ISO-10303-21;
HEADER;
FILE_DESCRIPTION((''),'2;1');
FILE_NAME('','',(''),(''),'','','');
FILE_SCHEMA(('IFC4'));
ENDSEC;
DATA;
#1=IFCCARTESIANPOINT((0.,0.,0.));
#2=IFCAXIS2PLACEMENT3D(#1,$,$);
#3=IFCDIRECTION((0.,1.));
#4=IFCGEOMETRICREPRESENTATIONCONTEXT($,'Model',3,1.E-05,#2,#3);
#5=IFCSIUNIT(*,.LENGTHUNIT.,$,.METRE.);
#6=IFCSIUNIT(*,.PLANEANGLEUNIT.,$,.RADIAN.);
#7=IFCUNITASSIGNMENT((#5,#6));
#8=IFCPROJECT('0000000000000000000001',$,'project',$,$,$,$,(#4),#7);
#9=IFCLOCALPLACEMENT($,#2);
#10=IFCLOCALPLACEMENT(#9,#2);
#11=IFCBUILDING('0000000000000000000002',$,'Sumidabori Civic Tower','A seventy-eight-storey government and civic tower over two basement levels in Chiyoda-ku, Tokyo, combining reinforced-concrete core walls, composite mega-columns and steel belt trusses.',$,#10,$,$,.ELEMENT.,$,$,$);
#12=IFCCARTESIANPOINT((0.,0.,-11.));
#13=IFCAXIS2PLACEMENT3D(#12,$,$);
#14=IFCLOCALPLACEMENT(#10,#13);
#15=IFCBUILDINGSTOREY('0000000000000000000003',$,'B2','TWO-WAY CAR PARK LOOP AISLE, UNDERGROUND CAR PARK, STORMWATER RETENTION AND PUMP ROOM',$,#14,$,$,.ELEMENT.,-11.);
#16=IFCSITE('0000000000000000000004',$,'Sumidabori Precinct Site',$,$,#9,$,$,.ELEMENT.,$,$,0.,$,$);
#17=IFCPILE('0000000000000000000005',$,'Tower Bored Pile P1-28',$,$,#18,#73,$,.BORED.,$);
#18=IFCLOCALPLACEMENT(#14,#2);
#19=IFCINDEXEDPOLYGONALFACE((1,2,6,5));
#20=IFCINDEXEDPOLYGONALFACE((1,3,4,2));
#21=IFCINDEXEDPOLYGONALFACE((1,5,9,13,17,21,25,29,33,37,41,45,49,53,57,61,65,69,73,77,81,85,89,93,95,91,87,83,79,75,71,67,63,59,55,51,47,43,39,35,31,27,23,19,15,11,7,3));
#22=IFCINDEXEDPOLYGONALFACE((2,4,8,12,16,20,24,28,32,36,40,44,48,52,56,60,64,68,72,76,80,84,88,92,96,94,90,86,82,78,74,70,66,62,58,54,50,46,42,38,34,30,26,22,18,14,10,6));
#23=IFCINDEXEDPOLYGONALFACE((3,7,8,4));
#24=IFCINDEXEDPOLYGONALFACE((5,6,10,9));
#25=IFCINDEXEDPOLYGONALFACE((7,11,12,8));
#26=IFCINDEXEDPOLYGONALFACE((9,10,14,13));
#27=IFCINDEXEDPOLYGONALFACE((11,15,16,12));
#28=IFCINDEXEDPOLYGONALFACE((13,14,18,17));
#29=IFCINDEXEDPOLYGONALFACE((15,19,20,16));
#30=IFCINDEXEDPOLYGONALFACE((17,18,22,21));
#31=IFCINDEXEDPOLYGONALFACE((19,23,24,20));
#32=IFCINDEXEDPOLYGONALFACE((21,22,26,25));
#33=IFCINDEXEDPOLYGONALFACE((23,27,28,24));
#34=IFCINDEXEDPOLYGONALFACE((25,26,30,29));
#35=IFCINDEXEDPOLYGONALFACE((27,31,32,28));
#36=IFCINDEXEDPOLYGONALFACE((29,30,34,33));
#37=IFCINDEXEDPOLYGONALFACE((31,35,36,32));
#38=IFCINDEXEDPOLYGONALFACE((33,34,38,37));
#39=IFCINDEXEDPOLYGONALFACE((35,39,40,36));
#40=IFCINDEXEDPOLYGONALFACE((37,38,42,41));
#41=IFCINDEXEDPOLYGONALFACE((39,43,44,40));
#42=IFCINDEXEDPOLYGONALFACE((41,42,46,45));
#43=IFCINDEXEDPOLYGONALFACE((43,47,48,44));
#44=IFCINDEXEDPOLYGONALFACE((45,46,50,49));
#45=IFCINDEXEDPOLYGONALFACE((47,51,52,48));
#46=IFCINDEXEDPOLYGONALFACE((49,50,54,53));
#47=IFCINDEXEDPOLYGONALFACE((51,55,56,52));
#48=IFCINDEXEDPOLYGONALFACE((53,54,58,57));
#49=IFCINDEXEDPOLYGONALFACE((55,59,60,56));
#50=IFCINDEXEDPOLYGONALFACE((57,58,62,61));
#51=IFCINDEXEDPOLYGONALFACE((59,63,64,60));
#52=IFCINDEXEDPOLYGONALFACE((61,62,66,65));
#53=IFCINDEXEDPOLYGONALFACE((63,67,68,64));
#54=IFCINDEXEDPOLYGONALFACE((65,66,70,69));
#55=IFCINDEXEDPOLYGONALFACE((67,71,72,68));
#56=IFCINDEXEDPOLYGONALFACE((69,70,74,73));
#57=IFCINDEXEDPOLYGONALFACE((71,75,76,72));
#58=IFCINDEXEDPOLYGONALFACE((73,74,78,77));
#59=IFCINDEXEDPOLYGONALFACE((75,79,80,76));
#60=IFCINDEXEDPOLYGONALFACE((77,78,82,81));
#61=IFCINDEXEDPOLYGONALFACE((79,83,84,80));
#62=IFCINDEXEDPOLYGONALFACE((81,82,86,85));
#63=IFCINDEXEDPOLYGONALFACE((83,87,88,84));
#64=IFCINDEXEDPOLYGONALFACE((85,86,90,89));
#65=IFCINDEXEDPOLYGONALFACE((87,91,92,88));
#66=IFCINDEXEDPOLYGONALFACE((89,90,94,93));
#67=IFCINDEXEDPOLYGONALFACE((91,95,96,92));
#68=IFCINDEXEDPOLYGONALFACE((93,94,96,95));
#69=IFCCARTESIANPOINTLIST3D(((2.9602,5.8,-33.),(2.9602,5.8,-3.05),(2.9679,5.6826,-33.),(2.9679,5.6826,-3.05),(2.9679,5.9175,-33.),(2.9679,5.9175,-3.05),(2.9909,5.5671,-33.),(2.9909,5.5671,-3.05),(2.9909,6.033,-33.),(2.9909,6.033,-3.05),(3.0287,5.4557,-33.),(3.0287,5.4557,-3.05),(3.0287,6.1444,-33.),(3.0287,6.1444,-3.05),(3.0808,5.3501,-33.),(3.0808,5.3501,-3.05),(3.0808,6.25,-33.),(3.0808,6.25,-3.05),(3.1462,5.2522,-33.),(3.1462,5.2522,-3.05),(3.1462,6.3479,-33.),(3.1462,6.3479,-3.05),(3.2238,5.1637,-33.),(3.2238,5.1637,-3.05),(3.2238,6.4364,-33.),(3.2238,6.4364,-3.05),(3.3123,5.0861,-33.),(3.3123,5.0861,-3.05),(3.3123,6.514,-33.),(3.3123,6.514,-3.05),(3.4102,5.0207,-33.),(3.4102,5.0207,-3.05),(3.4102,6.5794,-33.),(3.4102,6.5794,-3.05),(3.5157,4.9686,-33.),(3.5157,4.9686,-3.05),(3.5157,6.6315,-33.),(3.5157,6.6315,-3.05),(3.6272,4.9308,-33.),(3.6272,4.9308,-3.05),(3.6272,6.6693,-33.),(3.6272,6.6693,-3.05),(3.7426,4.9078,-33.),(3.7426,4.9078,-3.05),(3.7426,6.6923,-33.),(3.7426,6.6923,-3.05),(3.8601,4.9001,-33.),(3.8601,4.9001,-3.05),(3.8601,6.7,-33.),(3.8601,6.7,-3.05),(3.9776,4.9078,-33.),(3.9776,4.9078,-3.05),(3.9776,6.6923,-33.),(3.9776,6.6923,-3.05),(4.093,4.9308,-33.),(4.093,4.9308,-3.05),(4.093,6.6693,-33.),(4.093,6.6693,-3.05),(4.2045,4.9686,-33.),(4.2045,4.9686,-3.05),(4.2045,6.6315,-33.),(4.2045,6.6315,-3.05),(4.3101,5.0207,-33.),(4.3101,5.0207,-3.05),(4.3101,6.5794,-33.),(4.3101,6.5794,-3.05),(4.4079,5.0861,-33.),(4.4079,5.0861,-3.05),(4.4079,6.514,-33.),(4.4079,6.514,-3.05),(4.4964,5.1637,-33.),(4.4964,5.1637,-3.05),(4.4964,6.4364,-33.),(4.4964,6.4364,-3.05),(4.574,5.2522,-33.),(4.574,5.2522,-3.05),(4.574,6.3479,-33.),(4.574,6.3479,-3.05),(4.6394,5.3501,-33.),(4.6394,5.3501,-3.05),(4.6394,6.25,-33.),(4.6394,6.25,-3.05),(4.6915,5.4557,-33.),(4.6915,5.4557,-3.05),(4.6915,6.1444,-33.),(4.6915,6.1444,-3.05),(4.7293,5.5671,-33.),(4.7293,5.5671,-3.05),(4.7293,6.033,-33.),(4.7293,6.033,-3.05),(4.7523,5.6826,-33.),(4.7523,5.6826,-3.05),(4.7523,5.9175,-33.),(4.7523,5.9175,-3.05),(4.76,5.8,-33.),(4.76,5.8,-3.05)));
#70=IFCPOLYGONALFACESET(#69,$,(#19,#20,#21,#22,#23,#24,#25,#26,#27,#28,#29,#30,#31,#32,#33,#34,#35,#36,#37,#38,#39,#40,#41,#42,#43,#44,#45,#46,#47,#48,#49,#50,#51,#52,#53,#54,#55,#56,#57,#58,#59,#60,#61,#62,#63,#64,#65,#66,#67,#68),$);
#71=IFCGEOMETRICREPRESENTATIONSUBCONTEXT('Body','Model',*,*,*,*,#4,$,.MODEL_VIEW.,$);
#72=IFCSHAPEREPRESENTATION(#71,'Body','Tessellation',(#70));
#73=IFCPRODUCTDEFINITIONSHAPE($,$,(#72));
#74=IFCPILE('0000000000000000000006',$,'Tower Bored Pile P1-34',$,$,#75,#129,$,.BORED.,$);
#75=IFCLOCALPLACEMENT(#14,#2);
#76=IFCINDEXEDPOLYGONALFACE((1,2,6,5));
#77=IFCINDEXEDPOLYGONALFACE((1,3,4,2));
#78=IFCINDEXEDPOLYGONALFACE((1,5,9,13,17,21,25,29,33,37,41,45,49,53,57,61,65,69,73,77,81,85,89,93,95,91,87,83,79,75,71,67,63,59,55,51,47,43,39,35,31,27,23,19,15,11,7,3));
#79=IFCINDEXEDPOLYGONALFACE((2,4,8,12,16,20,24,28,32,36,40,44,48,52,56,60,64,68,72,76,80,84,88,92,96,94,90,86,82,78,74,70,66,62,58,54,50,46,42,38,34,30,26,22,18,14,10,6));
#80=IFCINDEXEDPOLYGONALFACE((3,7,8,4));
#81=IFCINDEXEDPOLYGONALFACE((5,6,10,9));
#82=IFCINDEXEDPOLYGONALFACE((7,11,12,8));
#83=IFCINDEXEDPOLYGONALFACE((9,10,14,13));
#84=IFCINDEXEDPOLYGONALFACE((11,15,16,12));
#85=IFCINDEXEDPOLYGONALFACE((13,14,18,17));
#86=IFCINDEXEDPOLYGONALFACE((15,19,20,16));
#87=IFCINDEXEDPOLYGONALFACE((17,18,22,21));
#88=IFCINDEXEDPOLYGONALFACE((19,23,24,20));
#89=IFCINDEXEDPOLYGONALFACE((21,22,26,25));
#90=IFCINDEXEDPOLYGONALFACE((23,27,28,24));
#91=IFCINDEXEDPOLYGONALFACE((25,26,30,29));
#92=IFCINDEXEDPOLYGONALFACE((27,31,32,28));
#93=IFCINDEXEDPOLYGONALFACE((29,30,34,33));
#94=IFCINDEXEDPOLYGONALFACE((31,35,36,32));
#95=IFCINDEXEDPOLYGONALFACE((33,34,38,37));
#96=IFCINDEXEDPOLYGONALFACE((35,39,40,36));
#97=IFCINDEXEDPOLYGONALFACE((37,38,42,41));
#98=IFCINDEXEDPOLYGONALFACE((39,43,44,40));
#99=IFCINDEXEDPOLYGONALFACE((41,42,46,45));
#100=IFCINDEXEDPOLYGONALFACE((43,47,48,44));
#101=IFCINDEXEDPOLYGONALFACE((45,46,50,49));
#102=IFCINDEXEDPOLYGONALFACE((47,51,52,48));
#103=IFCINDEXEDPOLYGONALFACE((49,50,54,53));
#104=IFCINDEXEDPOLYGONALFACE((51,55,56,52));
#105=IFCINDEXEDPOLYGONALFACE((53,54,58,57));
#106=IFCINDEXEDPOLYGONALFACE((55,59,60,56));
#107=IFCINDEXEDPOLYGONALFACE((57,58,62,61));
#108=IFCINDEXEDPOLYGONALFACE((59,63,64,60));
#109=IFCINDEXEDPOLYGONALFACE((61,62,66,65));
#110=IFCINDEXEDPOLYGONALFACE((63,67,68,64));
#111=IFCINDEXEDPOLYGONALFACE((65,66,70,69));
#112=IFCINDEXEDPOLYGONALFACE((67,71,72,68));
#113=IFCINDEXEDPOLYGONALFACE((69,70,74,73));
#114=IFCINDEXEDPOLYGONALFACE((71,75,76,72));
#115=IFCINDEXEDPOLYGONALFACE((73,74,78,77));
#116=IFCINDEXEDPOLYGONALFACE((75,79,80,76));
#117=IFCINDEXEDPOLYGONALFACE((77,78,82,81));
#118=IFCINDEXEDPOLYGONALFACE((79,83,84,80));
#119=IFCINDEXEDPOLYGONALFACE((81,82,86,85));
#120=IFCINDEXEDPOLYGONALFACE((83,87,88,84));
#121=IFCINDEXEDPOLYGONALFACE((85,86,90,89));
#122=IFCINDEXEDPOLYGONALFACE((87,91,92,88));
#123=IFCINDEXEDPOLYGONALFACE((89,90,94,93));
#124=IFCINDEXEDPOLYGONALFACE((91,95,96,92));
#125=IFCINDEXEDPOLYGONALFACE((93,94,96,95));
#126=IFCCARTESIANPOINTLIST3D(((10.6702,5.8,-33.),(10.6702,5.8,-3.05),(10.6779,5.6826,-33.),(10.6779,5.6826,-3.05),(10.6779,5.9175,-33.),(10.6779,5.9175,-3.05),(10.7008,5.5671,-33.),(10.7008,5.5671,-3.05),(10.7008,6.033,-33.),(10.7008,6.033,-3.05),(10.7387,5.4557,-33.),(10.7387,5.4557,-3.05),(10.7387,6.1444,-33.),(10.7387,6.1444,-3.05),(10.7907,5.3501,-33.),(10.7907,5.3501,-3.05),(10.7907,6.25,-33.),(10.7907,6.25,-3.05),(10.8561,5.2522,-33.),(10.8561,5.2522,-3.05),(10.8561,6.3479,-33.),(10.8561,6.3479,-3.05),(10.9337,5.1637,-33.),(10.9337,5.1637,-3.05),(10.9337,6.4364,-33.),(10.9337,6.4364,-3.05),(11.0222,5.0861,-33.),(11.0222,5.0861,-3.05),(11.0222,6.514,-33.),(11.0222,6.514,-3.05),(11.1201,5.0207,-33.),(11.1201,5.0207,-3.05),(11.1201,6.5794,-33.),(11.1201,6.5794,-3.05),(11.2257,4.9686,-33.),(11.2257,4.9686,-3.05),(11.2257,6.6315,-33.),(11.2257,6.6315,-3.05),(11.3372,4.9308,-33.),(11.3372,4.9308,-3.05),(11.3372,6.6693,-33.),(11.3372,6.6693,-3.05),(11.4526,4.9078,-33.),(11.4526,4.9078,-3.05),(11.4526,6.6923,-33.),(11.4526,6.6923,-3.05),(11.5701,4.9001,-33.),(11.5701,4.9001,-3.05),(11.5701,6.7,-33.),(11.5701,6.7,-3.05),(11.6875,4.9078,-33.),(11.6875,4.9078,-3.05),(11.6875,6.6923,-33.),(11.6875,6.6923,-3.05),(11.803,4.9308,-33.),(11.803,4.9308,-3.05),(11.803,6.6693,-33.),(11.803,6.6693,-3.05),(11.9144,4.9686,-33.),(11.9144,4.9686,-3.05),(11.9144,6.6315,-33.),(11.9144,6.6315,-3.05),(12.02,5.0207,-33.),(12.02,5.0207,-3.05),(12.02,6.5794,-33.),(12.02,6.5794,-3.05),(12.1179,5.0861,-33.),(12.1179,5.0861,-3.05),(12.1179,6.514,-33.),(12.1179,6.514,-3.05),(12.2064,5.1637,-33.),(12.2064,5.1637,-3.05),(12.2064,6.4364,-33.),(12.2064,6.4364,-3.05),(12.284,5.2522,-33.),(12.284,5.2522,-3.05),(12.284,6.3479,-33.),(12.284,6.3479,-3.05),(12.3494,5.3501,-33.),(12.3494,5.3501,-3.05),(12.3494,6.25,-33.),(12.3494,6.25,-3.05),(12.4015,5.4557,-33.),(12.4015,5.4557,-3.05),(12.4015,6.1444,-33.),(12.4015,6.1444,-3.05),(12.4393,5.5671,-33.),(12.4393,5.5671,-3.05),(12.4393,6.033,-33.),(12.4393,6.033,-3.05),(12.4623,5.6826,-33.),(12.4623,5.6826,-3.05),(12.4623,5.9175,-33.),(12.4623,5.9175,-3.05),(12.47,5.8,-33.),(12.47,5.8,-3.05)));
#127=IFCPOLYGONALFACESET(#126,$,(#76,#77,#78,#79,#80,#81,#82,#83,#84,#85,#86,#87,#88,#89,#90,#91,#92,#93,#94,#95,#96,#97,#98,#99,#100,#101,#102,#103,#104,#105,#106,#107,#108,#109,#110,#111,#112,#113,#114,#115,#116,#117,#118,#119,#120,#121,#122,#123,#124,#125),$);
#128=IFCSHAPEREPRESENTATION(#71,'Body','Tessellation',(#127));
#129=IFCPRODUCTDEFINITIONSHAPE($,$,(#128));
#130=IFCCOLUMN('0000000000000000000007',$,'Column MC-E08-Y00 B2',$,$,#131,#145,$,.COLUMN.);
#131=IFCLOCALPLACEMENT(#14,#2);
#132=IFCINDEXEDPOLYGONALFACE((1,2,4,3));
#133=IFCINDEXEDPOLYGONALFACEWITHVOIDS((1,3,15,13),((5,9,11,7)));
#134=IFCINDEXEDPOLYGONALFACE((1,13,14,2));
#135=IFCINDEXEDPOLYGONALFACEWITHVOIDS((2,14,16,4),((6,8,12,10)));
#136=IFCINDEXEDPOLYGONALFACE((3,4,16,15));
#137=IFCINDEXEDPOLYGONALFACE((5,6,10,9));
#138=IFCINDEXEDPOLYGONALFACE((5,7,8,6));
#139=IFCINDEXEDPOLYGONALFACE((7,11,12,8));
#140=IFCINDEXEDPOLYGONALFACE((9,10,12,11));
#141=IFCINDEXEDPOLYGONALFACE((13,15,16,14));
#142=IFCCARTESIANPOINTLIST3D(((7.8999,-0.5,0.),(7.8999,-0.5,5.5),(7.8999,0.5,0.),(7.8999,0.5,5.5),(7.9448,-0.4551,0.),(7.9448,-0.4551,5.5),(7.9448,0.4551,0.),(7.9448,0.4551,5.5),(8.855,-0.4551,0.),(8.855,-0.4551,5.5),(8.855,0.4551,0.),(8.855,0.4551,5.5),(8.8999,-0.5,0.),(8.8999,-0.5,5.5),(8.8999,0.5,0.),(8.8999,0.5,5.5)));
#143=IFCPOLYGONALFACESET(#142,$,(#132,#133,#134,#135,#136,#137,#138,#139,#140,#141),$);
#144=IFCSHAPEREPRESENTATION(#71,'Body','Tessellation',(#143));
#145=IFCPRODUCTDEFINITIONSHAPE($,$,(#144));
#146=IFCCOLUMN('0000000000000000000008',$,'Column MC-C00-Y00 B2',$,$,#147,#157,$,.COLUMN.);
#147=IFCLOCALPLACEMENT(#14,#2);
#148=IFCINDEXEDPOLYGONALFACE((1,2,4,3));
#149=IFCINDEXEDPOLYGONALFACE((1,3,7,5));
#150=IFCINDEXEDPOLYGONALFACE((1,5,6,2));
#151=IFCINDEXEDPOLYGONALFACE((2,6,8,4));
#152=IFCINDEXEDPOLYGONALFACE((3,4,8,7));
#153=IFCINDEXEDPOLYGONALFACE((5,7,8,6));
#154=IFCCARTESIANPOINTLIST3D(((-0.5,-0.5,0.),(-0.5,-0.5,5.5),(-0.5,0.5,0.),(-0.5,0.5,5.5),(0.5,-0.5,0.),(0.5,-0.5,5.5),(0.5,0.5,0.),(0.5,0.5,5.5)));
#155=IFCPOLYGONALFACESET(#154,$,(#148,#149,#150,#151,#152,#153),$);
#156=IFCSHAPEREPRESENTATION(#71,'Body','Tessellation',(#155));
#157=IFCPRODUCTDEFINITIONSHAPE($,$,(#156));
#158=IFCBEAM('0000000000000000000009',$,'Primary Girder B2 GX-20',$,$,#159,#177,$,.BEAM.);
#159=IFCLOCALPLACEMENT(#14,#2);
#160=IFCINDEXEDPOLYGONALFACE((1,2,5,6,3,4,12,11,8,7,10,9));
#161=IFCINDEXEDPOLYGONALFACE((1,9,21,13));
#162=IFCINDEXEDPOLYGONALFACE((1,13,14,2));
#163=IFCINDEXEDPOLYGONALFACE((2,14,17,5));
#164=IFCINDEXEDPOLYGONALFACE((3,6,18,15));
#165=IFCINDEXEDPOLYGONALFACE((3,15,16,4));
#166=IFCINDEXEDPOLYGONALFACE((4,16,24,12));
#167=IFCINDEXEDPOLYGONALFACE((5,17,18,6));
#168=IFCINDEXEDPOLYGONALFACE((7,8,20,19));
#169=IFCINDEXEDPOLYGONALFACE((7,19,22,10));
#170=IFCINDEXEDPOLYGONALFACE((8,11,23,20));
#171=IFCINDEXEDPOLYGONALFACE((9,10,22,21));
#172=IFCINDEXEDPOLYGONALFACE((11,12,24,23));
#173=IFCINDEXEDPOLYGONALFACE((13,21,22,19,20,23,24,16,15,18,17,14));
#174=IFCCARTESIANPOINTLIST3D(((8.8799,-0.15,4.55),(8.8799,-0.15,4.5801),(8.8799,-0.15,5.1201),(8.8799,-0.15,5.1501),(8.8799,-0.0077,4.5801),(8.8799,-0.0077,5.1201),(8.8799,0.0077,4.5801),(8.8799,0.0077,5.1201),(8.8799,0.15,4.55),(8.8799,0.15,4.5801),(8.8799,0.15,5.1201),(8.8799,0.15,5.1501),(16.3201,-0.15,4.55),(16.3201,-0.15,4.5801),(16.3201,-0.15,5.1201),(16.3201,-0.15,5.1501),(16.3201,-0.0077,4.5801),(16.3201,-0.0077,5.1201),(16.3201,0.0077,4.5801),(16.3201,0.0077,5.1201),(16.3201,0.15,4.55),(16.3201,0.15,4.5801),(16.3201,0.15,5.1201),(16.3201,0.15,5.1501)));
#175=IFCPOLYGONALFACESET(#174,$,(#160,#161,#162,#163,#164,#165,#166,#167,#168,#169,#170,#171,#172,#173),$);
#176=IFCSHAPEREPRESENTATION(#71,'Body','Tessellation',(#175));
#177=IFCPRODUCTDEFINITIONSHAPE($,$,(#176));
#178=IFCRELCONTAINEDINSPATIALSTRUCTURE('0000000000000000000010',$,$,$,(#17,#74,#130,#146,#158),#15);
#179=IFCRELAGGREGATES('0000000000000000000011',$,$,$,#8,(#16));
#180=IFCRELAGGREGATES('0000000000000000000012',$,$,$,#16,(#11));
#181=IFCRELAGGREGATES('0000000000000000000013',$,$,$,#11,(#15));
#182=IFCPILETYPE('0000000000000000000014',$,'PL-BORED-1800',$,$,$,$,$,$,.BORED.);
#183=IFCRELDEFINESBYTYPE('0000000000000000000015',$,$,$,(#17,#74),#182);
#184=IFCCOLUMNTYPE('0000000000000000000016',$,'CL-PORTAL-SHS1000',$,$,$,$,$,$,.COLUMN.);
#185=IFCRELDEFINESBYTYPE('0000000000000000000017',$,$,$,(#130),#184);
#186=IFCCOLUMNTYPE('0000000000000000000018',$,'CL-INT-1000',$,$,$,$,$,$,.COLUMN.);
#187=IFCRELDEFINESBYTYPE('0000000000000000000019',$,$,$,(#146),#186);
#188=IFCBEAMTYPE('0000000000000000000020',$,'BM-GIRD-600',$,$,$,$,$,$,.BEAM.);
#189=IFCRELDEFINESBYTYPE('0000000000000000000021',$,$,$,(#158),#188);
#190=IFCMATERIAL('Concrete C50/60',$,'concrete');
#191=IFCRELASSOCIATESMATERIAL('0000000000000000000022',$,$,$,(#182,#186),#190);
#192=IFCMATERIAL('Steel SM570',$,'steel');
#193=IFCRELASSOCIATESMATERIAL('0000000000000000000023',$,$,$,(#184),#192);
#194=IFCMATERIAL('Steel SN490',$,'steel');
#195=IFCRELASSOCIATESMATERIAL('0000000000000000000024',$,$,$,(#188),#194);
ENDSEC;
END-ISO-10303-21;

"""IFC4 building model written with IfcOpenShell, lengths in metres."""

from ifc_helpers import new_model, si_unit, direction, frame, origin, origin_with_axes, origin_2d, place, context, subcontext, project, spatial, rectangle, hollow_rectangle, circle, i_section, extrude, source, transform, mapped, material, material_profile, profile_set, type_object, element, save


model = new_model("IFC4")

# Units and contexts
model_context = context("Model", 3, precision=1e-05, world=origin(), true_north=direction((0.0, 1.0)))
body_context = subcontext(model_context, "Body", "Model", "MODEL_VIEW")
ifc_project = project(units=[si_unit("LENGTHUNIT", "METRE"), si_unit("PLANEANGLEUNIT", "RADIAN")], contexts=[model_context])

# Site, building, storey
site_placement = place(None, origin())
site = spatial("IfcSite", under=ifc_project, at=site_placement, Name="Sumidabori Precinct Site", CompositionType="ELEMENT", RefElevation=0.0)
building_placement = place(site_placement, origin())
building = spatial("IfcBuilding", under=site, at=building_placement, Name="Sumidabori Civic Tower", Description="A seventy-eight-storey government and civic tower over two basement levels in Chiyoda-ku, Tokyo, combining reinforced-concrete core walls, composite mega-columns and steel belt trusses.", CompositionType="ELEMENT")
storey_placement = place(building_placement, frame((0.0, 0.0, -11.0)))
storey = spatial("IfcBuildingStorey", under=building, at=storey_placement, Name="B2", Description="TWO-WAY CAR PARK LOOP AISLE, UNDERGROUND CAR PARK, STORMWATER RETENTION AND PUMP ROOM", CompositionType="ELEMENT", Elevation=-11.0)

# Shared definitions
ifc_material_1 = material(Name="Concrete C50/60", Category="concrete")

# Piles
ifc_material_profile_1 = material_profile(ifc_material_1, circle(Radius=0.8999, at=origin_2d()), Name="BORED PILE 1800")
ifc_profile_set_1 = profile_set([ifc_material_profile_1], Name="Concrete C50/60")
pile_type = type_object("IfcPileType", Name="PL-BORED-1800", PredefinedType="BORED", material=ifc_profile_set_1)
shared_shape_1 = source(origin(), body_context, "Body", "SweptSolid", [
    extrude(circle(Radius=0.8999, at=origin_2d()), origin(), (0.0, 0.0, 1.0), 29.95),
])
for number, where, z_axis, x_axis, name in (
    (1, (3.8601, 5.8, -3.05), (0.0, 0.0, -1.0), (1.0, 0.0, 0.0), "Tower Bored Pile P1-28"),
    (2, (11.5701, 5.8, -3.05), (0.0, 0.0, -1.0), (1.0, 0.0, 0.0), "Tower Bored Pile P1-34"),
):
    element("IfcPile", number, at=place(storey_placement, frame(where, z_axis=z_axis, x_axis=x_axis)), inside=storey, type_object=pile_type, Name=name, PredefinedType="BORED", context=body_context, shape_type="MappedRepresentation", body=[
        mapped(shared_shape_1, transform((0.0, 0.0, 0.0), x_axis=(1.0, 0.0, 0.0), y_axis=(0.0, 1.0, 0.0), z_axis=(0.0, 0.0, 1.0), scale=1.0)),
    ])

# Columns
ifc_material_2 = material(Name="Steel SM570", Category="steel")
ifc_material_profile_2 = material_profile(ifc_material_2, hollow_rectangle(XDim=1.0, YDim=1.0, WallThickness=0.0449, at=origin_2d()), Name="SHS 1000x1000x45")
ifc_profile_set_2 = profile_set([ifc_material_profile_2], Name="Steel SM570")
column_type_1 = type_object("IfcColumnType", Name="CL-PORTAL-SHS1000", PredefinedType="COLUMN", material=ifc_profile_set_2)
shared_shape_2 = source(origin(), body_context, "Body", "SweptSolid", [
    extrude(hollow_rectangle(XDim=1.0, YDim=1.0, WallThickness=0.0449, at=origin_2d()), origin(), (0.0, 0.0, 1.0), 5.5),
])
column_1_placement = place(storey_placement, frame((8.3999, 0.0, 0.0), z_axis=(0.0, 0.0, 1.0), x_axis=(1.0, 0.0, 0.0)))
element("IfcColumn", 3, at=column_1_placement, inside=storey, type_object=column_type_1, Name="Column MC-E08-Y00 B2", PredefinedType="COLUMN", context=body_context, shape_type="MappedRepresentation", body=[
    mapped(shared_shape_2, transform((0.0, 0.0, 0.0), x_axis=(1.0, 0.0, 0.0), y_axis=(0.0, 1.0, 0.0), z_axis=(0.0, 0.0, 1.0), scale=1.0)),
])
ifc_material_profile_3 = material_profile(ifc_material_1, rectangle(XDim=1.0, YDim=1.0, at=origin_2d()), Name="RC 1000x1000")
ifc_profile_set_3 = profile_set([ifc_material_profile_3], Name="Concrete C50/60")
column_type_2 = type_object("IfcColumnType", Name="CL-INT-1000", PredefinedType="COLUMN", material=ifc_profile_set_3)
shared_shape_3 = source(origin(), body_context, "Body", "SweptSolid", [
    extrude(rectangle(XDim=1.0, YDim=1.0, at=origin_2d()), origin(), (0.0, 0.0, 1.0), 5.5),
])
column_2_placement = place(storey_placement, origin_with_axes())
element("IfcColumn", 4, at=column_2_placement, inside=storey, type_object=column_type_2, Name="Column MC-C00-Y00 B2", PredefinedType="COLUMN", context=body_context, shape_type="MappedRepresentation", body=[
    mapped(shared_shape_3, transform((0.0, 0.0, 0.0), x_axis=(1.0, 0.0, 0.0), y_axis=(0.0, 1.0, 0.0), z_axis=(0.0, 0.0, 1.0), scale=1.0)),
])

# Beam
ifc_material_3 = material(Name="Steel SN490", Category="steel")
ifc_material_profile_4 = material_profile(ifc_material_3, i_section(OverallWidth=0.3, OverallDepth=0.6001, WebThickness=0.0154, FlangeThickness=0.03, at=origin_2d()), Name="HE 600 B")
ifc_profile_set_4 = profile_set([ifc_material_profile_4], Name="Steel SN490")
beam_type = type_object("IfcBeamType", Name="BM-GIRD-600", PredefinedType="BEAM", material=ifc_profile_set_4)
shared_shape_4 = source(origin(), body_context, "Body", "SweptSolid", [
    extrude(i_section(OverallWidth=0.3, OverallDepth=0.6001, WebThickness=0.0154, FlangeThickness=0.03, at=origin_2d()), origin(), (0.0, 0.0, 1.0), 7.4402),
])
beam_1_placement = place(storey_placement, frame((8.8799, 0.0, 4.8501), z_axis=(1.0, 0.0, 0.0), x_axis=(0.0, 1.0, 0.0)))
element("IfcBeam", 5, at=beam_1_placement, inside=storey, type_object=beam_type, Name="Primary Girder B2 GX-20", PredefinedType="BEAM", context=body_context, shape_type="MappedRepresentation", body=[
    mapped(shared_shape_4, transform((0.0, 0.0, 0.0), x_axis=(1.0, 0.0, 0.0), y_axis=(0.0, 1.0, 0.0), z_axis=(0.0, 0.0, 1.0), scale=1.0)),
])

save(model, "model.ifc")
